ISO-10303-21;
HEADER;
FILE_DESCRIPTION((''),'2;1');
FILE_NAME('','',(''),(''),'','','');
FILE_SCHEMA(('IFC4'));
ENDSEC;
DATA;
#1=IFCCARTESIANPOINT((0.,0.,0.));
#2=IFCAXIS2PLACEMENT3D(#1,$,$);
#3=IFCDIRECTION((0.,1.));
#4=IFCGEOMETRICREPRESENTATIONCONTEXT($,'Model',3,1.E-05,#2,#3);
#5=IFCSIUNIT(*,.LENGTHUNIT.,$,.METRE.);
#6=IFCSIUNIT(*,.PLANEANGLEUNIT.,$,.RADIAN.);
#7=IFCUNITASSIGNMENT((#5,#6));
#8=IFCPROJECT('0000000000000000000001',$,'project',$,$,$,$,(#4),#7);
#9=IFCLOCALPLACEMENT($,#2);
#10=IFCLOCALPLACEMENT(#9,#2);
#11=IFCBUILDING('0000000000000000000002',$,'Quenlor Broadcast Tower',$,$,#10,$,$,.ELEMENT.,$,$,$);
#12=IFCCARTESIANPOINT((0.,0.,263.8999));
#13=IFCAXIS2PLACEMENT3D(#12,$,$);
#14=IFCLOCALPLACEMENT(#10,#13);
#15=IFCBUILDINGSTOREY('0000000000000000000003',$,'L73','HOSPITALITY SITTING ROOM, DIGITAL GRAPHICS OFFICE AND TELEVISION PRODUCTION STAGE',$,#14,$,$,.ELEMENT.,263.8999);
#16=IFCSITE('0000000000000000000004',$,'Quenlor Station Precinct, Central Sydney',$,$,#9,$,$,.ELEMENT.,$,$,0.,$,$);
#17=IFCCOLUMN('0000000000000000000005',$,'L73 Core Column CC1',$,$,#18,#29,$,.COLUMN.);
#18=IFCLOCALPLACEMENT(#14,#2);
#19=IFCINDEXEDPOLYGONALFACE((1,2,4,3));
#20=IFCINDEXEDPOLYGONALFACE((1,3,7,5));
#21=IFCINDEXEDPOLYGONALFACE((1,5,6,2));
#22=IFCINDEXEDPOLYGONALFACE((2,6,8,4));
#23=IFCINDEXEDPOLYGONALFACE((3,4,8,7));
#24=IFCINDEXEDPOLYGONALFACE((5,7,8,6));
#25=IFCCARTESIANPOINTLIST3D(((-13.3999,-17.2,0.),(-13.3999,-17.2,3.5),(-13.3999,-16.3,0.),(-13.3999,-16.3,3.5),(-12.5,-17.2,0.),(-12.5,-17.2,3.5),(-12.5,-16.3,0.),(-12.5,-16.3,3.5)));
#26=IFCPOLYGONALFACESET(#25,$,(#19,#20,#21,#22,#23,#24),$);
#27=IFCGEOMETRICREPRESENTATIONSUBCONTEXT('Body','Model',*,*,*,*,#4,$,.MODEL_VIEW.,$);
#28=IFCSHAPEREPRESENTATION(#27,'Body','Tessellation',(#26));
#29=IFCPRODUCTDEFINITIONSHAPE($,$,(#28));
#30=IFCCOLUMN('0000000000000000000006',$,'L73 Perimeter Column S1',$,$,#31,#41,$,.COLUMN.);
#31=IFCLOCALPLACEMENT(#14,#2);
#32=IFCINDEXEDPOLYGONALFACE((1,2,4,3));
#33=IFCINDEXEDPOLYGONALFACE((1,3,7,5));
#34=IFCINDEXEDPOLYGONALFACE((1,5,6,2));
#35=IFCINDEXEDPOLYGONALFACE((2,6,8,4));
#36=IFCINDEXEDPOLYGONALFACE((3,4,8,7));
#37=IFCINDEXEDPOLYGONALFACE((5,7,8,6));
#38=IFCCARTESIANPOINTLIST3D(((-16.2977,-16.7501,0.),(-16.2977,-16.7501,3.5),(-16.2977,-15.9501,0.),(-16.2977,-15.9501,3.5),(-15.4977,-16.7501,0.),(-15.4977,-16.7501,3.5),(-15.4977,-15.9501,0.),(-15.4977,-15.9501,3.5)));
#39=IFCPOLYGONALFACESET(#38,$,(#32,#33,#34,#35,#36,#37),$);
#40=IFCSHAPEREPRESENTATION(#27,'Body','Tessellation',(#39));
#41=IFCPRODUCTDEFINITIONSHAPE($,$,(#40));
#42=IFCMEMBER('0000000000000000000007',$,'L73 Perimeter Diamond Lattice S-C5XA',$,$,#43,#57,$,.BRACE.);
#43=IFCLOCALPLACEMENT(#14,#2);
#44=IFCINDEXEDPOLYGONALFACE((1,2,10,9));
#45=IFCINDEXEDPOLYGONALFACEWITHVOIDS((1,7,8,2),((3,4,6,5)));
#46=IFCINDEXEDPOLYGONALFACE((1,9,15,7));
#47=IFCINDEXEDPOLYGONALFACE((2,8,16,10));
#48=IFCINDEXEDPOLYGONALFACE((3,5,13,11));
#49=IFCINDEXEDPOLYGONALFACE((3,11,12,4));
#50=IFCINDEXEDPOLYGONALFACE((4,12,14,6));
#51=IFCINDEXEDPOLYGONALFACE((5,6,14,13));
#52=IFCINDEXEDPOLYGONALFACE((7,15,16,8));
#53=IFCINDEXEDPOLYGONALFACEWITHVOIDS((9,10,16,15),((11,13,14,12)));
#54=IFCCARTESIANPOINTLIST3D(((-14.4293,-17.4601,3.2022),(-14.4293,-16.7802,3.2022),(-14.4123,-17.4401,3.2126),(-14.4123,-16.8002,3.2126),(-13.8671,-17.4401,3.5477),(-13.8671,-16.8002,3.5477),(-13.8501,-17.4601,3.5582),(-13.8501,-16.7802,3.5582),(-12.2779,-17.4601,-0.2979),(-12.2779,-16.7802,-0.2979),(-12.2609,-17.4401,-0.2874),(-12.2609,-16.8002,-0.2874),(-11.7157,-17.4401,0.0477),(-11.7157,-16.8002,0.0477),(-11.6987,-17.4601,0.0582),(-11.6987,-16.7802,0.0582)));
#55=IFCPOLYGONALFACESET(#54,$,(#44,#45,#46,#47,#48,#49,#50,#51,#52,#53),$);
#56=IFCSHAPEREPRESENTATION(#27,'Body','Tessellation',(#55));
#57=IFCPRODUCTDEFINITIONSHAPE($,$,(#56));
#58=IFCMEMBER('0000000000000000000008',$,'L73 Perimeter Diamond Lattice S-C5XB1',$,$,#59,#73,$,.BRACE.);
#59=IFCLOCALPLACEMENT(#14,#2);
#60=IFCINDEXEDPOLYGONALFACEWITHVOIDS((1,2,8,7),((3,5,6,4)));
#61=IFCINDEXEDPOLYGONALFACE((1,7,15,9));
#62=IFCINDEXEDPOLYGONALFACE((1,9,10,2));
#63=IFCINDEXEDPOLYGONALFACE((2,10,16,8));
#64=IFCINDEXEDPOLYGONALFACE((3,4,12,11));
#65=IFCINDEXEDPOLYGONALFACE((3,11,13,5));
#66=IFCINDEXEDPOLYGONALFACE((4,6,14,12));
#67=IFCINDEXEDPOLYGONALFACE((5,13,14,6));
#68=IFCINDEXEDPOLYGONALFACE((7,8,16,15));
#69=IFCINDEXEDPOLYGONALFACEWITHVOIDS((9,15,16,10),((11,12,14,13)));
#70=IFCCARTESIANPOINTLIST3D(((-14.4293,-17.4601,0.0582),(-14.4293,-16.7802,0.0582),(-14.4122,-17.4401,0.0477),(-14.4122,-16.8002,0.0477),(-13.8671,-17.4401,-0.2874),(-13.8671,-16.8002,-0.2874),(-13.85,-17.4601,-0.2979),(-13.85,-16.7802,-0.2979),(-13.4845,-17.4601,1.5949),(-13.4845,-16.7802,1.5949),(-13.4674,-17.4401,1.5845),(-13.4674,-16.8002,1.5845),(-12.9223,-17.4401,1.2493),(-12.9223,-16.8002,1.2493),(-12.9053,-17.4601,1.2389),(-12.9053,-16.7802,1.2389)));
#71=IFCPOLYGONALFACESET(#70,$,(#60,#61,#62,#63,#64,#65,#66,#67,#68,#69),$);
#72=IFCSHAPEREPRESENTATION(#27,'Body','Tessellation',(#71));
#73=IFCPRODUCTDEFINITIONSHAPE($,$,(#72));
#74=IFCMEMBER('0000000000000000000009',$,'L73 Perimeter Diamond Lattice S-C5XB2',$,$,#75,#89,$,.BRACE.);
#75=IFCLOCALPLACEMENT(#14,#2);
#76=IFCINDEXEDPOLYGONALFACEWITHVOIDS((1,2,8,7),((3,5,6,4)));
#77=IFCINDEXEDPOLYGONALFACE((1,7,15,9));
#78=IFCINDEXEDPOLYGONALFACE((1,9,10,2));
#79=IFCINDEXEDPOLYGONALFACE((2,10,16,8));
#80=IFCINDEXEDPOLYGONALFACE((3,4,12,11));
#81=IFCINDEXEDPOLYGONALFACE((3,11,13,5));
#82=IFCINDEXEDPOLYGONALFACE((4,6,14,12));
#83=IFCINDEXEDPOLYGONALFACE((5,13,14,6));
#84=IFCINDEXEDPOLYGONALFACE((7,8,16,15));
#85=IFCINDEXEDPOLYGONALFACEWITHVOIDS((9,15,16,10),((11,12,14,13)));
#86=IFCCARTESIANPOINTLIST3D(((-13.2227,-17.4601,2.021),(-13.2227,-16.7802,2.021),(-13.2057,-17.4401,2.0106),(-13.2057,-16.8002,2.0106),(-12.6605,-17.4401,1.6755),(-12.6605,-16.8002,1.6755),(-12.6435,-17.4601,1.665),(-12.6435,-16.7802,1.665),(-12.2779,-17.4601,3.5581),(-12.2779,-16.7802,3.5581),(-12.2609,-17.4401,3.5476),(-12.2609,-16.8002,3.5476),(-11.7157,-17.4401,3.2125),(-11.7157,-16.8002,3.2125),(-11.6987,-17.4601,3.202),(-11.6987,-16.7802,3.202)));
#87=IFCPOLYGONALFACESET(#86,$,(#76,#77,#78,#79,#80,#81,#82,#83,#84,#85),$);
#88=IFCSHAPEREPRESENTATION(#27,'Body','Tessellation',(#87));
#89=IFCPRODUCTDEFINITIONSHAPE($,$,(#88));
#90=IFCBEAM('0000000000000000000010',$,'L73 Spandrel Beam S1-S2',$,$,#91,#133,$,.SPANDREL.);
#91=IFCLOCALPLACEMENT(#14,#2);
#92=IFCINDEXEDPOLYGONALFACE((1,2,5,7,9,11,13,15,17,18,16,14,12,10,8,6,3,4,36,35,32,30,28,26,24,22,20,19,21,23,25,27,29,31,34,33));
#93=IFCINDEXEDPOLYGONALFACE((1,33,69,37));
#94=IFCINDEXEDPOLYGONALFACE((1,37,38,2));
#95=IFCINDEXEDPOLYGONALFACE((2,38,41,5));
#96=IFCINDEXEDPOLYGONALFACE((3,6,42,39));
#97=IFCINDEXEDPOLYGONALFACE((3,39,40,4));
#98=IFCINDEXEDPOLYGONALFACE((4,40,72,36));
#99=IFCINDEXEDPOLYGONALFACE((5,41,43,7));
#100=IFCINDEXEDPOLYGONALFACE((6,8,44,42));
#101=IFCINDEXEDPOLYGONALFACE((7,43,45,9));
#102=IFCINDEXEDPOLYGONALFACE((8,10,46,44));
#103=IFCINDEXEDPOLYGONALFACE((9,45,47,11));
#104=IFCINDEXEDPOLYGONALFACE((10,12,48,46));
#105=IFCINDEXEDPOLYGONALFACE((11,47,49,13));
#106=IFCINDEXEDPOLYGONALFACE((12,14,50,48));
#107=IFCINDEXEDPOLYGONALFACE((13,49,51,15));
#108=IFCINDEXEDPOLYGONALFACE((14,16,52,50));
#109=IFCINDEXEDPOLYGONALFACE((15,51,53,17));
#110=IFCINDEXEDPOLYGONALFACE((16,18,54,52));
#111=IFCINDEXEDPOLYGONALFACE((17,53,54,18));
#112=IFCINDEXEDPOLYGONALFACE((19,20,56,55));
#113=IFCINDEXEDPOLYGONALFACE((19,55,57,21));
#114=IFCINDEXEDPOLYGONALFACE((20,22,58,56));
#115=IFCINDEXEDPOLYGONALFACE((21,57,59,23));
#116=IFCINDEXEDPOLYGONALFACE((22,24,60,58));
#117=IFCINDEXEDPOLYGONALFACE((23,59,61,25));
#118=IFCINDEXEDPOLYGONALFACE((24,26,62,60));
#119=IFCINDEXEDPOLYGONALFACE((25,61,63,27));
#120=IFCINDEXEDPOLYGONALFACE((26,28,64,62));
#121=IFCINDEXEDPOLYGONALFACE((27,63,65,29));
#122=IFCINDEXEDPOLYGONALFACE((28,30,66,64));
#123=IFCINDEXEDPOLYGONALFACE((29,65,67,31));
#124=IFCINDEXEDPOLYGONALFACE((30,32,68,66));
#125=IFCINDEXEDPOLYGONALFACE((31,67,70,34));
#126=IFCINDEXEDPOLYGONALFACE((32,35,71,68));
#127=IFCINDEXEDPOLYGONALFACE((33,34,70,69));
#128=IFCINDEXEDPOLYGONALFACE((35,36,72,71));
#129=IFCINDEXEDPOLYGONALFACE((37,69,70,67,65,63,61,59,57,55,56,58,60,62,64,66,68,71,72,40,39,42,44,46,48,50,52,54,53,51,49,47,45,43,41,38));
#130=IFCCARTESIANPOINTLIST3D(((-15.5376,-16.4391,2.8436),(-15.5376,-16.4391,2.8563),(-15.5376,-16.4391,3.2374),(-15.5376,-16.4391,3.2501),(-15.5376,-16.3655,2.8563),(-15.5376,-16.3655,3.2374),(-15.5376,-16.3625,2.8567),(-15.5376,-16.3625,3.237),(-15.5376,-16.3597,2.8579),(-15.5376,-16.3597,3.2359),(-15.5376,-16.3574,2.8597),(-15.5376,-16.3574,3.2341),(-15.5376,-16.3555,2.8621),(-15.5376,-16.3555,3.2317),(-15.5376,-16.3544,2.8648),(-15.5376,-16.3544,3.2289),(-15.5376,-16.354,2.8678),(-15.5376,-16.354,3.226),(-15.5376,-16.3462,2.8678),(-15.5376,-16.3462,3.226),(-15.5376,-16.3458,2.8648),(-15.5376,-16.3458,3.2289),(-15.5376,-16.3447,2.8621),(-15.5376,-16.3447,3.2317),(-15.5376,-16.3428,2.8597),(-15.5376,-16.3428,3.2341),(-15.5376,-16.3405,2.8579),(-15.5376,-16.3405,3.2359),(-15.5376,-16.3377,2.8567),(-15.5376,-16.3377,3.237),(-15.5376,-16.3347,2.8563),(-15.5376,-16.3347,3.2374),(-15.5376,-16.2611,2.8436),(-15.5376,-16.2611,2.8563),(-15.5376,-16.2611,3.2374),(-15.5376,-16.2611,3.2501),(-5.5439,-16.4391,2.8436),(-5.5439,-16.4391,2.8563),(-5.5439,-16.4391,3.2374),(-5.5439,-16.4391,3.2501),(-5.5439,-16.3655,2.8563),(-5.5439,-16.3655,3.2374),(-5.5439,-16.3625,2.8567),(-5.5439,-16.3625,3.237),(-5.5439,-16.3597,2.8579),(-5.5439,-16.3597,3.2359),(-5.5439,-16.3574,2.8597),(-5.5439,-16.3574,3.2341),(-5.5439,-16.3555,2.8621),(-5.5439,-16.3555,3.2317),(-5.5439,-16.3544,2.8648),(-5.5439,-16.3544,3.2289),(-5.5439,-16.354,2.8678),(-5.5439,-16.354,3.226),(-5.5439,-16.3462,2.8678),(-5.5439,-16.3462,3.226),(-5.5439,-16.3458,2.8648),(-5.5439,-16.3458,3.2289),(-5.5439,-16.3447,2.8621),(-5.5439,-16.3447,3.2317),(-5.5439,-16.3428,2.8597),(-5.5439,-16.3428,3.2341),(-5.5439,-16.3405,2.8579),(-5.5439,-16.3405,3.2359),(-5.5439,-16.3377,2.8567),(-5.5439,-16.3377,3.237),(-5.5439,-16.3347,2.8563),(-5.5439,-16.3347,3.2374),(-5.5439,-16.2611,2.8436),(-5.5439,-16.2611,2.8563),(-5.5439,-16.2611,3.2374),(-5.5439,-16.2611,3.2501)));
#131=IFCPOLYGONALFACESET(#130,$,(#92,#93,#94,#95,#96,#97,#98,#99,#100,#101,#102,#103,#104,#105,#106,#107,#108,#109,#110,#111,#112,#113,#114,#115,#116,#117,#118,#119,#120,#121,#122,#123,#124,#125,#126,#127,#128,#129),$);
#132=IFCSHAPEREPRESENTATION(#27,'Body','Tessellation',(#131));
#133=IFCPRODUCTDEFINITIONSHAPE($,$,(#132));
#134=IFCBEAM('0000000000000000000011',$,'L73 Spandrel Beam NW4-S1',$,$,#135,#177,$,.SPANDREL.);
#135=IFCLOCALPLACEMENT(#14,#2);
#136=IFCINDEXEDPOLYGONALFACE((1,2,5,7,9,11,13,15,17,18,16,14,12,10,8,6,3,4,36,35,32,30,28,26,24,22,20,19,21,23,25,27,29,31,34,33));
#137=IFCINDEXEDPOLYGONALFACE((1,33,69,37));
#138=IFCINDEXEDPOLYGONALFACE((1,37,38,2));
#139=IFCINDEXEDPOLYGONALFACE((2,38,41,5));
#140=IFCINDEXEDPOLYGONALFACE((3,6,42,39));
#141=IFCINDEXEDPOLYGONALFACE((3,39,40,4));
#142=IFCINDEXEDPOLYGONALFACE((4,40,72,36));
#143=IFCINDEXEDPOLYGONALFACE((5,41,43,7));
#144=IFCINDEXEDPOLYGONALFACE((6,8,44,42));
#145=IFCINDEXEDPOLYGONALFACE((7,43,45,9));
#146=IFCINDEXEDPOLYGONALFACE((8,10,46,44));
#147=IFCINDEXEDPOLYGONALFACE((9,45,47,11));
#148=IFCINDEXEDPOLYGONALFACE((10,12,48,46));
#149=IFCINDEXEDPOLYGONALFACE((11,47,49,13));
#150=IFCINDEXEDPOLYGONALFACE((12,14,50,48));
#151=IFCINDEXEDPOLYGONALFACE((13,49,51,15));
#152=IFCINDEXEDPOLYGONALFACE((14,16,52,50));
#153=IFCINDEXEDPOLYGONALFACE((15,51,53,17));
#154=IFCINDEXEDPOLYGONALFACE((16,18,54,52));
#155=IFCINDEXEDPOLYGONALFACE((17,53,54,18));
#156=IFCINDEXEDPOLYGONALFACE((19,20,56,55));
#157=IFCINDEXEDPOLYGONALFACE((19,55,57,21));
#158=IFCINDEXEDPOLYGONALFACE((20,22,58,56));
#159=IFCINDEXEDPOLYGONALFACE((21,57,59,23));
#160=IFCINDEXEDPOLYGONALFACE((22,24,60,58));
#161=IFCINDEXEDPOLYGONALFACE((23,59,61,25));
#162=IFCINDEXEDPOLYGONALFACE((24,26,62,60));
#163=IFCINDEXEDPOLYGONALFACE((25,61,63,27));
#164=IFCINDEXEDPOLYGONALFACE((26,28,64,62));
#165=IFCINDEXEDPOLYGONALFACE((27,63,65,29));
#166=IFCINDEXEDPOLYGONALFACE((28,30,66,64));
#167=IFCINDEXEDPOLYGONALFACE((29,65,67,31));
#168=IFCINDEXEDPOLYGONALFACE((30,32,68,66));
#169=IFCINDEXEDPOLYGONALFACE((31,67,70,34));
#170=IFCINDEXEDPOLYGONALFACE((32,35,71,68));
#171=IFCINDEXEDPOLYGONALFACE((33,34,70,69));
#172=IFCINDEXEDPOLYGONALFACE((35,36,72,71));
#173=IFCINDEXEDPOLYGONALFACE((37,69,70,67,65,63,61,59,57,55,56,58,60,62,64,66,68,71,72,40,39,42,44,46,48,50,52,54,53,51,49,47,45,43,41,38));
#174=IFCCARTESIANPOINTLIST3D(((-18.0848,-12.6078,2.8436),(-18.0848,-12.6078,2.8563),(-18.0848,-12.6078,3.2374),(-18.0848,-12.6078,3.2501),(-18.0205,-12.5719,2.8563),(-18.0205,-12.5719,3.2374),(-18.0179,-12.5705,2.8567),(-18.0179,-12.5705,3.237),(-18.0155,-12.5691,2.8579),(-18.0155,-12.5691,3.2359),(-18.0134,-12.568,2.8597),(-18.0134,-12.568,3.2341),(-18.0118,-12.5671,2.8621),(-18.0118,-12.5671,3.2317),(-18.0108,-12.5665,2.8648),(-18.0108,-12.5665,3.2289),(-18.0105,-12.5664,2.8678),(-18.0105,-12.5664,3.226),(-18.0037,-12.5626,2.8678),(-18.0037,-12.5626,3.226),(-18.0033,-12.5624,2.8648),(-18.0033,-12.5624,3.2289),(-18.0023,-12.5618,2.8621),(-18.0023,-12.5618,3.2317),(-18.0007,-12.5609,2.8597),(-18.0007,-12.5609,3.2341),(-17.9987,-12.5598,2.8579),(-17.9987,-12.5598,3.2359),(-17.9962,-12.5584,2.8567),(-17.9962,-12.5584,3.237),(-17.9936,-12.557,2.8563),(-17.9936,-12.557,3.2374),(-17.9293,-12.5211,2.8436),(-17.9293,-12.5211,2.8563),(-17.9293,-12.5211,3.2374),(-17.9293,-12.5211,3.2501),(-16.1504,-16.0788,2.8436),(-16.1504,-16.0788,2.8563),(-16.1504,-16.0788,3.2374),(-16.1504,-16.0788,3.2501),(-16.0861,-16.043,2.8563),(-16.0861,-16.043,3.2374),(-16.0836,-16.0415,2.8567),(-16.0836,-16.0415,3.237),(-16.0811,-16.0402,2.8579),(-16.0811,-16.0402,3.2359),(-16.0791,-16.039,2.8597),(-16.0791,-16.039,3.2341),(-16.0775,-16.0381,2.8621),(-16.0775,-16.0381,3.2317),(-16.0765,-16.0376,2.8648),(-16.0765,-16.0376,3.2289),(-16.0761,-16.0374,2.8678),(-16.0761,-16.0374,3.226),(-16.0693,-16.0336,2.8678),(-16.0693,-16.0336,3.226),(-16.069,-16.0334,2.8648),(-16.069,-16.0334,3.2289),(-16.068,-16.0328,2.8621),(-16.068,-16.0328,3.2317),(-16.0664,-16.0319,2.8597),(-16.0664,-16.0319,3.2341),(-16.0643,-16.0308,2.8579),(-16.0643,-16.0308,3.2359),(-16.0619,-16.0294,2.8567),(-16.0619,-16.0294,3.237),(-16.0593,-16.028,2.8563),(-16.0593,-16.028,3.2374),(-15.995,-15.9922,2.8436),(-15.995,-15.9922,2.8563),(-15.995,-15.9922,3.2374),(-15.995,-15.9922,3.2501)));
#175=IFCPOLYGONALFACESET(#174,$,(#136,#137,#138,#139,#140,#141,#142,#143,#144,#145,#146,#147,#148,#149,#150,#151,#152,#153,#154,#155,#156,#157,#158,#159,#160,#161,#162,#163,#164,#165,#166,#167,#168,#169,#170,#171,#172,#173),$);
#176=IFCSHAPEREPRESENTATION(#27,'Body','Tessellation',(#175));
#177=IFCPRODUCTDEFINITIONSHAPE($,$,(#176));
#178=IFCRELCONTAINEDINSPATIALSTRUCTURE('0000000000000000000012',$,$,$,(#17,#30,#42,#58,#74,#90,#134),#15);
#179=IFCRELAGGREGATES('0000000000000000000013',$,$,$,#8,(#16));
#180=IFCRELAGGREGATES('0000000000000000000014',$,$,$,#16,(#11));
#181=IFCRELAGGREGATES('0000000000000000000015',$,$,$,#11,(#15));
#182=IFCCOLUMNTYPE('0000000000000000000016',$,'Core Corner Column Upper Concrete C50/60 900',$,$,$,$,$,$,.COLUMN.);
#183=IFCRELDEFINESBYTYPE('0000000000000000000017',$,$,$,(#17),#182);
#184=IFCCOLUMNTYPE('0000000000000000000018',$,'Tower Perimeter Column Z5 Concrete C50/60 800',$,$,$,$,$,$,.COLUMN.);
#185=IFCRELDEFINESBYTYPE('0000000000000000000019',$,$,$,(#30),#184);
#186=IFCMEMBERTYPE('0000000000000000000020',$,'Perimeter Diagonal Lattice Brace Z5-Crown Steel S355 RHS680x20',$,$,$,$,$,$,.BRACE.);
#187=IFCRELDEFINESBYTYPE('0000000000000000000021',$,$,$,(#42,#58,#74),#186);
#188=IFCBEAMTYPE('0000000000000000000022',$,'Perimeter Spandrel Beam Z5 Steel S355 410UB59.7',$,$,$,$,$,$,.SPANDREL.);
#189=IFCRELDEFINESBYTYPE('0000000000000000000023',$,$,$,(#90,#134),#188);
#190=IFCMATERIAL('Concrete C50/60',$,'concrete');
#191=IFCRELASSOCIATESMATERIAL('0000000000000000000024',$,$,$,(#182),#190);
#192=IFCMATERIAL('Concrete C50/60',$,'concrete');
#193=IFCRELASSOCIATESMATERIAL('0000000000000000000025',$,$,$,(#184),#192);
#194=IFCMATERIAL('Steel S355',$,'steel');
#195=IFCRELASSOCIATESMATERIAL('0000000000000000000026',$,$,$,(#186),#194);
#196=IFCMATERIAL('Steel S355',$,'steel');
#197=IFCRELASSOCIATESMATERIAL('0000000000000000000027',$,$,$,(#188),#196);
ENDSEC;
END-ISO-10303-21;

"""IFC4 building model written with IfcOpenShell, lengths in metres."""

from ifc_helpers import new_model, si_unit, direction, frame, origin, origin_2d, place, context, subcontext, project, spatial, rectangle, hollow_rectangle, i_section, extrude, material, material_profile, profile_set, type_object, element, save


model = new_model("IFC4")

# Units and contexts
model_context = context("Model", 3, precision=1e-05, world=origin(), true_north=direction((0.0, 1.0)))
body_context = subcontext(model_context, "Body", "Model", "MODEL_VIEW")
ifc_project = project(units=[si_unit("LENGTHUNIT", "METRE"), si_unit("PLANEANGLEUNIT", "RADIAN")], contexts=[model_context])

# Site, building, storey
site_placement = place(None, origin())
site = spatial("IfcSite", under=ifc_project, at=site_placement, Name="Quenlor Station Precinct, Central Sydney", CompositionType="ELEMENT", RefElevation=0.0)
building_placement = place(site_placement, origin())
building = spatial("IfcBuilding", under=site, at=building_placement, Name="Quenlor Broadcast Tower", CompositionType="ELEMENT")
storey_placement = place(building_placement, frame((0.0, 0.0, 263.8999)))
storey = spatial("IfcBuildingStorey", under=building, at=storey_placement, Name="L73", Description="HOSPITALITY SITTING ROOM, DIGITAL GRAPHICS OFFICE AND TELEVISION PRODUCTION STAGE", CompositionType="ELEMENT", Elevation=263.8999)

# Columns
ifc_material_1 = material(Name="Concrete C50/60", Category="concrete")
ifc_material_profile_1 = material_profile(ifc_material_1, rectangle(XDim=0.8999, YDim=0.8999, at=origin_2d()))
ifc_profile_set_1 = profile_set([ifc_material_profile_1], Name="Concrete C50/60 RC900x900")
column_type_1 = type_object("IfcColumnType", Name="Core Corner Column Upper Concrete C50/60 900", PredefinedType="COLUMN", material=ifc_profile_set_1)
column_1_placement = place(storey_placement, frame((-12.95, -16.75, 0.0), z_axis=(0.0, 0.0, 1.0), x_axis=(1.0, 0.0, 0.0)))
element("IfcColumn", 1, at=column_1_placement, inside=storey, type_object=column_type_1, Name="L73 Core Column CC1", PredefinedType="COLUMN", context=body_context, shape_type="SweptSolid", body=[
    extrude(rectangle(XDim=0.8999, YDim=0.8999, at=origin_2d()), origin(), (0.0, 0.0, 1.0), 3.5),
])
ifc_material_2 = material(Name="Concrete C50/60", Category="concrete")
ifc_material_profile_2 = material_profile(ifc_material_2, rectangle(XDim=0.8, YDim=0.8, at=origin_2d()))
ifc_profile_set_2 = profile_set([ifc_material_profile_2], Name="Concrete C50/60 RC800x800")
column_type_2 = type_object("IfcColumnType", Name="Tower Perimeter Column Z5 Concrete C50/60 800", PredefinedType="COLUMN", material=ifc_profile_set_2)
column_2_placement = place(storey_placement, frame((-15.8977, -16.3501, 0.0), z_axis=(0.0, 0.0, 1.0), x_axis=(0.0, 1.0, 0.0)))
element("IfcColumn", 2, at=column_2_placement, inside=storey, type_object=column_type_2, Name="L73 Perimeter Column S1", PredefinedType="COLUMN", context=body_context, shape_type="SweptSolid", body=[
    extrude(rectangle(XDim=0.8, YDim=0.8, at=origin_2d()), origin(), (0.0, 0.0, 1.0), 3.5),
])

# Members
ifc_material_3 = material(Name="Steel S355", Category="steel")
ifc_material_profile_3 = material_profile(ifc_material_3, hollow_rectangle(XDim=0.6799, YDim=0.6799, WallThickness=0.02, at=origin_2d()))
ifc_profile_set_3 = profile_set([ifc_material_profile_3], Name="Steel S355 RHS680x680x20")
member_type = type_object("IfcMemberType", Name="Perimeter Diagonal Lattice Brace Z5-Crown Steel S355 RHS680x20", PredefinedType="BRACE", material=ifc_profile_set_3)
member_1_placement = place(storey_placement, frame((-11.9883, -17.1201, -0.1199), z_axis=(-0.52366, 0.0, 0.851928), x_axis=(0.0, -1.0, 0.0)))
element("IfcMember", 3, at=member_1_placement, inside=storey, type_object=member_type, Name="L73 Perimeter Diamond Lattice S-C5XA", PredefinedType="BRACE", context=body_context, shape_type="SweptSolid", body=[
    extrude(hollow_rectangle(XDim=0.6799, YDim=0.6799, WallThickness=0.02, at=origin_2d()), origin(), (0.0, 0.0, 1.0), 4.1084),
])
member_2_placement = place(storey_placement, frame((-14.1396, -17.1201, -0.1199), z_axis=(0.52372, 0.0, 0.851891), x_axis=(0.0, 1.0, 0.0)))
element("IfcMember", 4, at=member_2_placement, inside=storey, type_object=member_type, Name="L73 Perimeter Diamond Lattice S-C5XB1", PredefinedType="BRACE", context=body_context, shape_type="SweptSolid", body=[
    extrude(hollow_rectangle(XDim=0.6799, YDim=0.6799, WallThickness=0.02, at=origin_2d()), origin(), (0.0, 0.0, 1.0), 1.804),
])
member_3_placement = place(storey_placement, frame((-12.9331, -17.1201, 1.843), z_axis=(0.523659, 0.0, 0.851928), x_axis=(0.0, 1.0, 0.0)))
element("IfcMember", 5, at=member_3_placement, inside=storey, type_object=member_type, Name="L73 Perimeter Diamond Lattice S-C5XB2", PredefinedType="BRACE", context=body_context, shape_type="SweptSolid", body=[
    extrude(hollow_rectangle(XDim=0.6799, YDim=0.6799, WallThickness=0.02, at=origin_2d()), origin(), (0.0, 0.0, 1.0), 1.8042),
])

# Beams
ifc_material_4 = material(Name="Steel S355", Category="steel")
ifc_material_profile_4 = material_profile(ifc_material_4, i_section(OverallWidth=0.178, OverallDepth=0.4065, WebThickness=0.0078, FlangeThickness=0.0127, FilletRadius=0.0115, at=origin_2d()))
ifc_profile_set_4 = profile_set([ifc_material_profile_4], Name="Steel S355 410UB59.7")
beam_type_1 = type_object("IfcBeamType", Name="Perimeter Spandrel Beam Z5 Steel S355 410UB59.7", PredefinedType="SPANDREL", material=ifc_profile_set_4)
beam_1_placement = place(storey_placement, frame((-15.5376, -16.3501, 3.0469), z_axis=(1.0, 0.0, 0.0), x_axis=(0.0, 1.0, 0.0)))
element("IfcBeam", 6, at=beam_1_placement, inside=storey, type_object=beam_type_1, Name="L73 Spandrel Beam S1-S2", PredefinedType="SPANDREL", context=body_context, shape_type="SweptSolid", body=[
    extrude(i_section(OverallWidth=0.178, OverallDepth=0.4065, WebThickness=0.0078, FlangeThickness=0.0127, FilletRadius=0.0115, at=origin_2d()), origin(), (0.0, 0.0, 1.0), 9.9937),
])
beam_2_placement = place(storey_placement, frame((-18.0071, -12.5645, 3.0469), z_axis=(0.486801, -0.873513, 0.0), x_axis=(0.873513, 0.486801, 0.0)))
element("IfcBeam", 7, at=beam_2_placement, inside=storey, type_object=beam_type_1, Name="L73 Spandrel Beam NW4-S1", PredefinedType="SPANDREL", context=body_context, shape_type="SweptSolid", body=[
    extrude(i_section(OverallWidth=0.178, OverallDepth=0.4065, WebThickness=0.0078, FlangeThickness=0.0127, FilletRadius=0.0115, at=origin_2d()), origin(), (0.0, 0.0, 1.0), 3.9736),
])

save(model, "model.ifc")
